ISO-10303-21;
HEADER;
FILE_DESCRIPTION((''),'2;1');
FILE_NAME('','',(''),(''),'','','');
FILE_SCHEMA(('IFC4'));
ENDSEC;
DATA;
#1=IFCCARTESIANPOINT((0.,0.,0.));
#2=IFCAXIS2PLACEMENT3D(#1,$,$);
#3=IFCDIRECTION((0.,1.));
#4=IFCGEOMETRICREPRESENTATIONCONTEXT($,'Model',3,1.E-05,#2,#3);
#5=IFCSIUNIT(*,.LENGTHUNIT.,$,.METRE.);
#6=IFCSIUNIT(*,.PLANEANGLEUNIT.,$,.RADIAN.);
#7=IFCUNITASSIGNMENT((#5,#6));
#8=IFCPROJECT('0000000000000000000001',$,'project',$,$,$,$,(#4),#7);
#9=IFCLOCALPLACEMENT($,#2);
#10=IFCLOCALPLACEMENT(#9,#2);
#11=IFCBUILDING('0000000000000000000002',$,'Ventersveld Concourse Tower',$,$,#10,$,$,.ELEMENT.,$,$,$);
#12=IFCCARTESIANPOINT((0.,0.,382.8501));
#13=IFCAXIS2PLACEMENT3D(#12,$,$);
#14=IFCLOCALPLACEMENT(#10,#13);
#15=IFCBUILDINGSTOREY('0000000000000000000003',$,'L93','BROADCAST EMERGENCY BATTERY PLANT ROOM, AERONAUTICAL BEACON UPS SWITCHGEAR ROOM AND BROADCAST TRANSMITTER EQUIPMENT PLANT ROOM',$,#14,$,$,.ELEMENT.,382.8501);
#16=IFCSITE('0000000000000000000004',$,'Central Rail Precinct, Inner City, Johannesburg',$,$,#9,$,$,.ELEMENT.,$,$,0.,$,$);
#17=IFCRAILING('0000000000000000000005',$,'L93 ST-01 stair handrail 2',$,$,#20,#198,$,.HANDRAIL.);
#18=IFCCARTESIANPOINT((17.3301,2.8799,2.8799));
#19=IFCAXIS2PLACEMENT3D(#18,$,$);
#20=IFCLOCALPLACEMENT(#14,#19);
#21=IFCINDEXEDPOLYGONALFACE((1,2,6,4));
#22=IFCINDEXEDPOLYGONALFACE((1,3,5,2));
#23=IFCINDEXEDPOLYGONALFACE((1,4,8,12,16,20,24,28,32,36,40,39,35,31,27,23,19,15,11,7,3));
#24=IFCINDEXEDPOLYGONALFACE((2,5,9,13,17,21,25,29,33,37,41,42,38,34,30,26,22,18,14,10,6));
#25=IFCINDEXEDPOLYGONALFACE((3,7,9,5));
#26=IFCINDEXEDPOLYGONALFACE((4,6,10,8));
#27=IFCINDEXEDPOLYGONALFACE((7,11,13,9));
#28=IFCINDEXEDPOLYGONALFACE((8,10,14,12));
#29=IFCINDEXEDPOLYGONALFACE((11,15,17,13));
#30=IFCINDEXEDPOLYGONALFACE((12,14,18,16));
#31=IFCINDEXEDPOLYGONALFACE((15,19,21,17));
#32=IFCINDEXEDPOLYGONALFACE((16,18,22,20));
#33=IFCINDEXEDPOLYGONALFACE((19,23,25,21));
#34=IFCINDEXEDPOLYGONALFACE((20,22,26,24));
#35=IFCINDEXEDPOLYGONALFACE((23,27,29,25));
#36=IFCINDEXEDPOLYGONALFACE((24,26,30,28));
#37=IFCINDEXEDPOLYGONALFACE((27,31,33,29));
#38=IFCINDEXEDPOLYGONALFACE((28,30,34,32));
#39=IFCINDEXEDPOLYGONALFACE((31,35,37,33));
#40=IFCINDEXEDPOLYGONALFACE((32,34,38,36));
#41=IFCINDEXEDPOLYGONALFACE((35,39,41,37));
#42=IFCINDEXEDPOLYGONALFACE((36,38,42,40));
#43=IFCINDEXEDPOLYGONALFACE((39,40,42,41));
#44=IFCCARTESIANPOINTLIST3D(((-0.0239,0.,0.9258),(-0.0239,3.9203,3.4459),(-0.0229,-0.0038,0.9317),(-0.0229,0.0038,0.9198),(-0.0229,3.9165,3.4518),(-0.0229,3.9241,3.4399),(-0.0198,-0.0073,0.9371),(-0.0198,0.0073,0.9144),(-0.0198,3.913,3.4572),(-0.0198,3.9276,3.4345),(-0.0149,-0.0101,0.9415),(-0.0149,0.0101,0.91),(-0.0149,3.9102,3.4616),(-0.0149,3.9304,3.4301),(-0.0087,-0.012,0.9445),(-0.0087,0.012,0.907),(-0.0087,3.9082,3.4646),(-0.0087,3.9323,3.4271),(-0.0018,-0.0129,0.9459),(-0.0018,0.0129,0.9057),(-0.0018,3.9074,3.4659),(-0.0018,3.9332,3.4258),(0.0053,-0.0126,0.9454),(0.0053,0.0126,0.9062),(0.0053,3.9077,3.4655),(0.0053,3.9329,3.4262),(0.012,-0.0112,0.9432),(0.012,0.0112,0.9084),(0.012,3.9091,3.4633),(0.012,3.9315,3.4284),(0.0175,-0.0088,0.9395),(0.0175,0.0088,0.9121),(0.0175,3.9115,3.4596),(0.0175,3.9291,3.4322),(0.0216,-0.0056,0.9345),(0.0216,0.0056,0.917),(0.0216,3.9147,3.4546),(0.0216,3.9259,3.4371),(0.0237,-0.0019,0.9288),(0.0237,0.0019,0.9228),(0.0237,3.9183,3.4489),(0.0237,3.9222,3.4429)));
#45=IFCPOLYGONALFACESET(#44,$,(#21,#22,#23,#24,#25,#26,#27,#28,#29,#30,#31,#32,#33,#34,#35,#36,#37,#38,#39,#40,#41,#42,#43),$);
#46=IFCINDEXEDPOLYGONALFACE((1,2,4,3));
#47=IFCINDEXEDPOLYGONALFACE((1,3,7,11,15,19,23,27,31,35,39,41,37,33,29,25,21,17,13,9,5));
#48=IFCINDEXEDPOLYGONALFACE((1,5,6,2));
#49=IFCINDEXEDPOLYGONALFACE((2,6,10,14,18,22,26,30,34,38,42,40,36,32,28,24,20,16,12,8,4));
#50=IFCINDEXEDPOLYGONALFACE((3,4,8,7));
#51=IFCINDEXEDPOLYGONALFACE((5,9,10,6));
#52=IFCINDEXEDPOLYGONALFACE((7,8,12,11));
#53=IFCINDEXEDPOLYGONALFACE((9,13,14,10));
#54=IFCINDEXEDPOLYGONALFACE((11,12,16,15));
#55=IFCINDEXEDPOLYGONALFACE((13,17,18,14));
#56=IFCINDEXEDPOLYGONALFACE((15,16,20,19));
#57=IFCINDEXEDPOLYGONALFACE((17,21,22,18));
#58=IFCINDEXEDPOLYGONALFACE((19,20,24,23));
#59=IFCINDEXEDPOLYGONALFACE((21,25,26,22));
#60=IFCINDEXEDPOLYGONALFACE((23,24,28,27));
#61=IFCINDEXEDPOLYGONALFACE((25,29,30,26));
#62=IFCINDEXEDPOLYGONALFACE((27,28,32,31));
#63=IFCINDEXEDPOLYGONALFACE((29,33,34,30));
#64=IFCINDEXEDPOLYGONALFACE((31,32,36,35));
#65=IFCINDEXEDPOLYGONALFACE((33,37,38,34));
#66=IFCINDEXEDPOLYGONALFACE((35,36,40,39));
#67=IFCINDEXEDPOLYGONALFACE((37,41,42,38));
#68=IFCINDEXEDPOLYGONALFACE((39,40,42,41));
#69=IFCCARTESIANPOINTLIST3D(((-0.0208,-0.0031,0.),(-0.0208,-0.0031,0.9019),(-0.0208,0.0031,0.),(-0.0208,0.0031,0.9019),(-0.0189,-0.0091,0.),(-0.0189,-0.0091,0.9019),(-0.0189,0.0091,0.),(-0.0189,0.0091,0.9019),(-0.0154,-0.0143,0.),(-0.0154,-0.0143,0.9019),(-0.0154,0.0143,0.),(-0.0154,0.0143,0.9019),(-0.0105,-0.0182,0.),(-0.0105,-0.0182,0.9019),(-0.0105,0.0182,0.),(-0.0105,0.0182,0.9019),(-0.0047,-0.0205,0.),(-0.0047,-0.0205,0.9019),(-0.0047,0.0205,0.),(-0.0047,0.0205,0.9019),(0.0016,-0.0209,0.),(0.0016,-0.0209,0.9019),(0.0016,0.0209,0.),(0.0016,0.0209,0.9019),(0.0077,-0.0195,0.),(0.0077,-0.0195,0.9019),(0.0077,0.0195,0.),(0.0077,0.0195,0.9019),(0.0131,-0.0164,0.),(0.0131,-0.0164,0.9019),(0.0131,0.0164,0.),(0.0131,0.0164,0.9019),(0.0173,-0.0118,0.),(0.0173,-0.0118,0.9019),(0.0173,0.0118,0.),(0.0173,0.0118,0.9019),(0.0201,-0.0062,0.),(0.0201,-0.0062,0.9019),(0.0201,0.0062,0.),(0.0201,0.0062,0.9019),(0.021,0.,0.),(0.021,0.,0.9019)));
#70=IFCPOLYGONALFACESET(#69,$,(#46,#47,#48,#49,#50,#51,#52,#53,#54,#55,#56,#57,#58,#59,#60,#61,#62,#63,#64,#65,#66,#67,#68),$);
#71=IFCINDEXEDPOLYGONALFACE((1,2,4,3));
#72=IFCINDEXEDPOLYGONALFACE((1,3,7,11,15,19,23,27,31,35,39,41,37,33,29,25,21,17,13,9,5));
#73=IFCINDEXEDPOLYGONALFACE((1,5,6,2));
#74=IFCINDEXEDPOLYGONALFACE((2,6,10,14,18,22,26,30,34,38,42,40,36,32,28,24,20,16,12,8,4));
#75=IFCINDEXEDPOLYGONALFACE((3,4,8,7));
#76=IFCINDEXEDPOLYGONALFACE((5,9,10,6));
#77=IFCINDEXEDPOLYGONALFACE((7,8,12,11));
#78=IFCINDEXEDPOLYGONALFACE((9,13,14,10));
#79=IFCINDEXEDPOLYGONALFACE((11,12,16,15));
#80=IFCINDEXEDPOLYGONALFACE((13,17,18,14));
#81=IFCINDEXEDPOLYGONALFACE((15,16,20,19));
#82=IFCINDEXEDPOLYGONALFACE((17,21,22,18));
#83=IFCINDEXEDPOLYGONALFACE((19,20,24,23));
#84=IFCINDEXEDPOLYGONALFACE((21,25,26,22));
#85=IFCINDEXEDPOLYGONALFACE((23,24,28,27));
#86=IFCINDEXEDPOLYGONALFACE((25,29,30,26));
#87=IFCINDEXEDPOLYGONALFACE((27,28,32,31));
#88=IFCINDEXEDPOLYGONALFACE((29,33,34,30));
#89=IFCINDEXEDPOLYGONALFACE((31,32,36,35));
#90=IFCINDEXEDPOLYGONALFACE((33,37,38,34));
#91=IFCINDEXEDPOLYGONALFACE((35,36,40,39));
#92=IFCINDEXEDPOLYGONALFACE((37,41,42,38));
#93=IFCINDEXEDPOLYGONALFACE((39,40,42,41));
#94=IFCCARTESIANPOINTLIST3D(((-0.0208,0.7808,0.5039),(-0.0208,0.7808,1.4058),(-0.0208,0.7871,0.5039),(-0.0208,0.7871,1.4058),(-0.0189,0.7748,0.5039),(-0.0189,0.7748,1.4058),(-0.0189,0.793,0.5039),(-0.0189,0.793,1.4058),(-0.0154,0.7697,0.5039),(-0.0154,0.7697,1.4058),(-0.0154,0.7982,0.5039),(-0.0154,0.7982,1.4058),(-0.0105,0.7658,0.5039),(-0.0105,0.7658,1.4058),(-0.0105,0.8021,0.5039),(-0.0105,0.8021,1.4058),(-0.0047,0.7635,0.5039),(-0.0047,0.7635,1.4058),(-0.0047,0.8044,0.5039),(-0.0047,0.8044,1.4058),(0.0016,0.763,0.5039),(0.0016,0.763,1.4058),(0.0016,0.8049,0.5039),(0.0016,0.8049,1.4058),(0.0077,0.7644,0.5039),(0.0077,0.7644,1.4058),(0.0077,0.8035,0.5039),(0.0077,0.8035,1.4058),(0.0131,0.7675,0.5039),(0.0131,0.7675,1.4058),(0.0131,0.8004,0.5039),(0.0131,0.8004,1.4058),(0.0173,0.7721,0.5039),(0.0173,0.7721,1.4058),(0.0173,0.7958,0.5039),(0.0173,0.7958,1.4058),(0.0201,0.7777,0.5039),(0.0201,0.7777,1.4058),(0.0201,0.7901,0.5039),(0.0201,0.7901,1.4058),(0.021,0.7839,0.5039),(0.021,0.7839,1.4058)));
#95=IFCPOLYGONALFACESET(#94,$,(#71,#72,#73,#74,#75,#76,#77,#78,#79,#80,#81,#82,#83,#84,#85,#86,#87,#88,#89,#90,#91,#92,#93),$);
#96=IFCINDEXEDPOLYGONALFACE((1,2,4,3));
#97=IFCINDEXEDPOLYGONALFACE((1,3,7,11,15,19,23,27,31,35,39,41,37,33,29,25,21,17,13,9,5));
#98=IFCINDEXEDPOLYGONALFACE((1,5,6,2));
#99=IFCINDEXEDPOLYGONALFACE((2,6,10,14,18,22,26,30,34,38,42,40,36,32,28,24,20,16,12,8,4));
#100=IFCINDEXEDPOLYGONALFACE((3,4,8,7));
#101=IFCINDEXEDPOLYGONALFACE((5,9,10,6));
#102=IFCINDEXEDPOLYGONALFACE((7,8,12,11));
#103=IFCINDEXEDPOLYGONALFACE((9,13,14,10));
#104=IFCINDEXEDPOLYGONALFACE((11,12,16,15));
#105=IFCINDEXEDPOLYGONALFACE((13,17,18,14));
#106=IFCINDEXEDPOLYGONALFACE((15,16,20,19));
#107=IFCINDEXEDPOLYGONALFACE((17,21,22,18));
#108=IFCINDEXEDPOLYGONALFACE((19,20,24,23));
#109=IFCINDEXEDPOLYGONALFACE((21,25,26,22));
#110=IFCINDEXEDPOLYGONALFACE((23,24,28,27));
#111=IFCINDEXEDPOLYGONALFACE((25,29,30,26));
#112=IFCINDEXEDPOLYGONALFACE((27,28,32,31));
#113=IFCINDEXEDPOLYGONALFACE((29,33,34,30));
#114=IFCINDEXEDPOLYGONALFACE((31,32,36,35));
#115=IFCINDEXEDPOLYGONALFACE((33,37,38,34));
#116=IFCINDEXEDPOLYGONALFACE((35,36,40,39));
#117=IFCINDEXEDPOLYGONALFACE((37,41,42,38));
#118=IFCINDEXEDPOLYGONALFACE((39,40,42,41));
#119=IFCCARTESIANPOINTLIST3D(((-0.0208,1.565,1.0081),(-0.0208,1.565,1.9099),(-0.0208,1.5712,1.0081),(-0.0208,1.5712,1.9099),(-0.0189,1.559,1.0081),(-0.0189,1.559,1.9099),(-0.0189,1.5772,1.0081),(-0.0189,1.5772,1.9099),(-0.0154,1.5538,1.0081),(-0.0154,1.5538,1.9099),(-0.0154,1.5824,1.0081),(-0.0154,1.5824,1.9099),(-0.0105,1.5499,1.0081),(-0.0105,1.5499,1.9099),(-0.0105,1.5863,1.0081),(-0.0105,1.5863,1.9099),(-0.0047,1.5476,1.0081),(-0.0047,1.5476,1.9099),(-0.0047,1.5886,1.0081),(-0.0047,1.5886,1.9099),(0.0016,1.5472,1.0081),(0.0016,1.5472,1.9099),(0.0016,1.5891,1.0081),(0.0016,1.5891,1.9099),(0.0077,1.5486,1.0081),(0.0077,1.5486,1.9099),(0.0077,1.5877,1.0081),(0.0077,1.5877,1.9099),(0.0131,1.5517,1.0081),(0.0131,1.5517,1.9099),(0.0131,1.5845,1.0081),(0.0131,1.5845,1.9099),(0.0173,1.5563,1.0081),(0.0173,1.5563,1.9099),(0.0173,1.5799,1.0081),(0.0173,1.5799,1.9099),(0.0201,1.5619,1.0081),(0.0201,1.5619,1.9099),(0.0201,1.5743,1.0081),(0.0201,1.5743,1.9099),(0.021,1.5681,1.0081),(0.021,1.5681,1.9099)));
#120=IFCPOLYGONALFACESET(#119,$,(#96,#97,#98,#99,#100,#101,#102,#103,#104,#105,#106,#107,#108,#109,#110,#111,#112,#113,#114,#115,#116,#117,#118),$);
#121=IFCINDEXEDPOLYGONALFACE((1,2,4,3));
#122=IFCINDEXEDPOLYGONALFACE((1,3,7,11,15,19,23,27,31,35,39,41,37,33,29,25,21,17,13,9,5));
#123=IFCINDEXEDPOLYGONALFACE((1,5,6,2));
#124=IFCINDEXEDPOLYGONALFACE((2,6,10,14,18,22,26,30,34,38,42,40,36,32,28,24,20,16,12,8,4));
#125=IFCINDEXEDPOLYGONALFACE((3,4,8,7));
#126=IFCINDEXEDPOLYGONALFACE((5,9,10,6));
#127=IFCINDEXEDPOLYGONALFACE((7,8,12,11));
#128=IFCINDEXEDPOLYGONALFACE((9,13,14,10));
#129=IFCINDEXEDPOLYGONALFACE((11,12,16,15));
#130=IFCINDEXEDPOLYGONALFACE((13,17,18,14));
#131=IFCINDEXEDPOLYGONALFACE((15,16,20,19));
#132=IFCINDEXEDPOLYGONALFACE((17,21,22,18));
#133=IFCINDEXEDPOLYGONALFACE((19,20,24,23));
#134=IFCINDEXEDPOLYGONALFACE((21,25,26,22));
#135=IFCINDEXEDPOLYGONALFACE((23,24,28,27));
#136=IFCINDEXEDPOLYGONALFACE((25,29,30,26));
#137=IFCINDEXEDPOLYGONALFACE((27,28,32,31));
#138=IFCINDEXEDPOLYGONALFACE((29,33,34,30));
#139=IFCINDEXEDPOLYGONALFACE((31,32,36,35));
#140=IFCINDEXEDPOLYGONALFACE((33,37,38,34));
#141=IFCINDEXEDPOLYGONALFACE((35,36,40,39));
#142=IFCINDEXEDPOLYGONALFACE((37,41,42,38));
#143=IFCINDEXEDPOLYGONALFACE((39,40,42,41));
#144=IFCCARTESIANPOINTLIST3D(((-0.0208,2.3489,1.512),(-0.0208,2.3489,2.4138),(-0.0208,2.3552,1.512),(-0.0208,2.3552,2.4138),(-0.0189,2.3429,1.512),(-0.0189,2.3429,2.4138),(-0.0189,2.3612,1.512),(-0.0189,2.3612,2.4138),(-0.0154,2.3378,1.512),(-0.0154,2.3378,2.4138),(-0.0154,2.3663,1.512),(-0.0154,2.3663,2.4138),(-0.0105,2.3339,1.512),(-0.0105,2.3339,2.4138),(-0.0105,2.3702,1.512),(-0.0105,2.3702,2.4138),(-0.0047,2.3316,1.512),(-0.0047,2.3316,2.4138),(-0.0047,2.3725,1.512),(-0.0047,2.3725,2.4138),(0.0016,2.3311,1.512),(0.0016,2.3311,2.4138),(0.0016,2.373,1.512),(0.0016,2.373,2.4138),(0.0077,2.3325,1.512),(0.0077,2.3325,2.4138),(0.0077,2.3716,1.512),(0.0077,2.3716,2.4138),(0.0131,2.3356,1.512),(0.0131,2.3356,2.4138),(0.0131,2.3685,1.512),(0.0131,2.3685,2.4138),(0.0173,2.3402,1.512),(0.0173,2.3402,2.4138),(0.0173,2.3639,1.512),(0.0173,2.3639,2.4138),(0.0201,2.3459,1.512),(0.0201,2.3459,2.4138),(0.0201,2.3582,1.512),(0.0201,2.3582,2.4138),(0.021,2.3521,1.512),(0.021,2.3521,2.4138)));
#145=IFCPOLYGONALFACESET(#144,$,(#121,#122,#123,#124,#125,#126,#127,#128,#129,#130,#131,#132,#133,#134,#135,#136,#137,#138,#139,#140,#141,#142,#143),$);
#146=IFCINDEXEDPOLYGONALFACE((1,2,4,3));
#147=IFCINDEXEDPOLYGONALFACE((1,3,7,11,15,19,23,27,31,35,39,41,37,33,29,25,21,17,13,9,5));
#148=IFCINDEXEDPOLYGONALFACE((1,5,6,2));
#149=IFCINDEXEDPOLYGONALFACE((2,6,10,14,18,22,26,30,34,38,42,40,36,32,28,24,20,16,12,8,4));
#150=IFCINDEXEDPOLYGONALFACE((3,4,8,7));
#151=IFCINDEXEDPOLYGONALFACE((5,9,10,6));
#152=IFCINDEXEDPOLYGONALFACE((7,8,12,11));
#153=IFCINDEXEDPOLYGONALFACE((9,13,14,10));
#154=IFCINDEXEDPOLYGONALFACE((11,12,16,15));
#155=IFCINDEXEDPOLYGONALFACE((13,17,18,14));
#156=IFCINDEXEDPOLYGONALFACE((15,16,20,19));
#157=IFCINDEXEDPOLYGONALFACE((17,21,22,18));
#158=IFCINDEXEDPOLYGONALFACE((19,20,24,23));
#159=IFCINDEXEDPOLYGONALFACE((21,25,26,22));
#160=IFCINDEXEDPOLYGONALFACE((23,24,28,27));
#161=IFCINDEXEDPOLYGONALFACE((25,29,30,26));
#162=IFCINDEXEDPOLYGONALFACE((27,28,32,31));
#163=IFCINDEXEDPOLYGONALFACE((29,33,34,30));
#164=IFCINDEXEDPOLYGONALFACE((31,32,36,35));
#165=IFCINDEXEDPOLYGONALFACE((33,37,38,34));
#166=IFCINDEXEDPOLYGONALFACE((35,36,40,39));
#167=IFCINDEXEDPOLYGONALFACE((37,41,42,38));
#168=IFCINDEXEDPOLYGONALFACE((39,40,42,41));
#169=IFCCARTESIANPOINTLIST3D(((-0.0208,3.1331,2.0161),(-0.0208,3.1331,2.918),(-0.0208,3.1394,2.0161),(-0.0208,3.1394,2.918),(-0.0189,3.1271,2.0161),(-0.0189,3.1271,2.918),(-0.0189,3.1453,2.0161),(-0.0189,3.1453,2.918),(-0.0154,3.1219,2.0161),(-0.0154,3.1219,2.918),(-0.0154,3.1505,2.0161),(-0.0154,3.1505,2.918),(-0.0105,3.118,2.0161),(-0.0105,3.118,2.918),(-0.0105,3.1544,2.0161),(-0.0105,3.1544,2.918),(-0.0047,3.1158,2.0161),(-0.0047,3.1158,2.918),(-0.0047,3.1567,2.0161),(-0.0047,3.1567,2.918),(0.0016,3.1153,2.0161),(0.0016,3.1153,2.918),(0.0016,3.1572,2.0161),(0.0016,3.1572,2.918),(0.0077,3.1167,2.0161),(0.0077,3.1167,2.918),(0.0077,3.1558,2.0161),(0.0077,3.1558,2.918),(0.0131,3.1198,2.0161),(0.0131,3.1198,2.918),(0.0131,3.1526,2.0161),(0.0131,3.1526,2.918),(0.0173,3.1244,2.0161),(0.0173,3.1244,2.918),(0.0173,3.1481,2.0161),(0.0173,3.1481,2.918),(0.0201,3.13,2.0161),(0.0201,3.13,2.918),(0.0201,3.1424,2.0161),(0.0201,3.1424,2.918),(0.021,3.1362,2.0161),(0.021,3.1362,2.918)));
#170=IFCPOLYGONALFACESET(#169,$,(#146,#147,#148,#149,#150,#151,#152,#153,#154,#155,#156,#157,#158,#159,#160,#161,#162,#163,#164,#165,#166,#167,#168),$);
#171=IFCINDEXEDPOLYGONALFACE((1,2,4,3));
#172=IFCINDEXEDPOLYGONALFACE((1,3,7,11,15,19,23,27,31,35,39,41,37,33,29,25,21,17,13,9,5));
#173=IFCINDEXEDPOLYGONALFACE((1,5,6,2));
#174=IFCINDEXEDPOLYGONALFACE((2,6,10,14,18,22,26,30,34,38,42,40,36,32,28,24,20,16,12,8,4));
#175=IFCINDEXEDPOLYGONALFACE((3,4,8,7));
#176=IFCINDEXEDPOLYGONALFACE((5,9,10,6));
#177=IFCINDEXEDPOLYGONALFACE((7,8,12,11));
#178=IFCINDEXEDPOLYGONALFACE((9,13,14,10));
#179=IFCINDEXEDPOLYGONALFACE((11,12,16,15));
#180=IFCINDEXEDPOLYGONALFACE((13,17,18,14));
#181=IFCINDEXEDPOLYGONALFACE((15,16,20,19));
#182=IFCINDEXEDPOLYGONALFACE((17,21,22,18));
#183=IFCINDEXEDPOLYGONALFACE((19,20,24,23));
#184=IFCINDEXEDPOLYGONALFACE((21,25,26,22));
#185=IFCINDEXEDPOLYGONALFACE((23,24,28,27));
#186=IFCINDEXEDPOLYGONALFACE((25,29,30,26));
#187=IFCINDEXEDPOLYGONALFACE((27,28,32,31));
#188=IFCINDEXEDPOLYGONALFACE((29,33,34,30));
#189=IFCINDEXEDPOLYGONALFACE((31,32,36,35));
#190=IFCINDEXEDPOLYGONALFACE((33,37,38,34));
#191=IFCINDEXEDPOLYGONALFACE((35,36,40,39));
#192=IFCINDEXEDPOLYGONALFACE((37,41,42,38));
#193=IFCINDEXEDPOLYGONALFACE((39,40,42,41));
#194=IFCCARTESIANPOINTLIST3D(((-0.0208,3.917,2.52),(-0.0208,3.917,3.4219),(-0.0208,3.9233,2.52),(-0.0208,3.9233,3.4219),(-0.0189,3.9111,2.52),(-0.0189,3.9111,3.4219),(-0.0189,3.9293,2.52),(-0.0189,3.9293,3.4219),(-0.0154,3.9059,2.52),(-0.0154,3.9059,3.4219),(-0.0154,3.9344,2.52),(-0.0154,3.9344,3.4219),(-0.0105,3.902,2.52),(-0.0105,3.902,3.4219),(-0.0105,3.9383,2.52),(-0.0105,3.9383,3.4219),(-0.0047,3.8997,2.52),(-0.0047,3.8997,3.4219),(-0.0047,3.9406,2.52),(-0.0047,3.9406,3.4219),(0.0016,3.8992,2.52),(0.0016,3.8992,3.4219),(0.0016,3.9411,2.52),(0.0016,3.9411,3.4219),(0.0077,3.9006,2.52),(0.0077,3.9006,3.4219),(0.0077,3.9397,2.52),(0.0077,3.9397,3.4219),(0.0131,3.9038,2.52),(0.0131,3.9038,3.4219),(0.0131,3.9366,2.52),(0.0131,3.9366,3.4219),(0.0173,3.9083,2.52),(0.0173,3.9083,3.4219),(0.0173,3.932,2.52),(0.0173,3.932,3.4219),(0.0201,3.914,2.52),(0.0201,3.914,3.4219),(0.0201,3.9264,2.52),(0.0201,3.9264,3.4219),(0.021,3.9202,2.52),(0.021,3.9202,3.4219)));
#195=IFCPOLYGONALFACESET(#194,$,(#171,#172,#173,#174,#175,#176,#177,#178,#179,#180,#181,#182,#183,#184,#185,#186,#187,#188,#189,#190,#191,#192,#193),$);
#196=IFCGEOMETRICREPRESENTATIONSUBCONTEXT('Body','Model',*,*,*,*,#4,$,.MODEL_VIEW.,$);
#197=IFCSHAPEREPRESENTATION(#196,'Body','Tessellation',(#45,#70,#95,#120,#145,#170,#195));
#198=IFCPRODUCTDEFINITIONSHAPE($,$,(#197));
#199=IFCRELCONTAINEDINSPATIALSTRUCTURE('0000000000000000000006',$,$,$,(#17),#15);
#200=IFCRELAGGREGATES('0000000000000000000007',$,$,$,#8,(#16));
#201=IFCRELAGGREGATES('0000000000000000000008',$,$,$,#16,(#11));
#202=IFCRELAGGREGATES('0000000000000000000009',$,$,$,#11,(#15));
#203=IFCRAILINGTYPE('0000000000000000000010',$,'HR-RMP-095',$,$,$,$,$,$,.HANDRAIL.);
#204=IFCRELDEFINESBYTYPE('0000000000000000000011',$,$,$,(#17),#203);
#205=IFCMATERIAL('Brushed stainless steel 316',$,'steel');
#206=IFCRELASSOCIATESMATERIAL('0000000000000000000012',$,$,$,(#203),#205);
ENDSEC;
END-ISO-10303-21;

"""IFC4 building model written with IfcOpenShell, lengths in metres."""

from ifc_helpers import new_model, si_unit, direction, frame, origin, origin_2d, place, context, subcontext, project, spatial, circle, extrude, material, type_object, element, save


model = new_model("IFC4")

# Units and contexts
model_context = context("Model", 3, precision=1e-05, world=origin(), true_north=direction((0.0, 1.0)))
body_context = subcontext(model_context, "Body", "Model", "MODEL_VIEW")
ifc_project = project(units=[si_unit("LENGTHUNIT", "METRE"), si_unit("PLANEANGLEUNIT", "RADIAN")], contexts=[model_context])

# Site, building, storey
site_placement = place(None, origin())
site = spatial("IfcSite", under=ifc_project, at=site_placement, Name="Central Rail Precinct, Inner City, Johannesburg", CompositionType="ELEMENT", RefElevation=0.0)
building_placement = place(site_placement, origin())
building = spatial("IfcBuilding", under=site, at=building_placement, Name="Ventersveld Concourse Tower", CompositionType="ELEMENT")
storey_placement = place(building_placement, frame((0.0, 0.0, 382.8501)))
storey = spatial("IfcBuildingStorey", under=building, at=storey_placement, Name="L93", Description="BROADCAST EMERGENCY BATTERY PLANT ROOM, AERONAUTICAL BEACON UPS SWITCHGEAR ROOM AND BROADCAST TRANSMITTER EQUIPMENT PLANT ROOM", CompositionType="ELEMENT", Elevation=382.8501)

# Shared definitions
ifc_material_1 = material(Name="Brushed stainless steel 316", Category="steel")

# Railing
railing_type_1 = type_object("IfcRailingType", Name="HR-RMP-095", PredefinedType="HANDRAIL", material=ifc_material_1)
railing_1_placement = place(storey_placement, frame((17.3301, 2.8799, 2.8799)))
element("IfcRailing", 1, at=railing_1_placement, inside=storey, type_object=railing_type_1, Name="L93 ST-01 stair handrail 2", PredefinedType="HANDRAIL", context=body_context, shape_type="SweptSolid", body=[
    extrude(circle(Radius=0.0239, at=origin_2d()), frame((0.0, 0.0, 0.9258), z_axis=(0.0, 0.841187, 0.540744), x_axis=(-1.0, 0.0, 0.0)), (0.0, 0.0, 1.0), 4.6604),
    extrude(circle(Radius=0.021, at=origin_2d()), origin(), (0.0, 0.0, 1.0), 0.9019),
    extrude(circle(Radius=0.021, at=origin_2d()), frame((0.0, 0.7839, 0.5039)), (0.0, 0.0, 1.0), 0.9019),
    extrude(circle(Radius=0.021, at=origin_2d()), frame((0.0, 1.5681, 1.0081)), (0.0, 0.0, 1.0), 0.9019),
    extrude(circle(Radius=0.021, at=origin_2d()), frame((0.0, 2.3521, 1.512)), (0.0, 0.0, 1.0), 0.9019),
    extrude(circle(Radius=0.021, at=origin_2d()), frame((0.0, 3.1362, 2.0161)), (0.0, 0.0, 1.0), 0.9019),
    extrude(circle(Radius=0.021, at=origin_2d()), frame((0.0, 3.9202, 2.52)), (0.0, 0.0, 1.0), 0.9019),
])

save(model, "model.ifc")
